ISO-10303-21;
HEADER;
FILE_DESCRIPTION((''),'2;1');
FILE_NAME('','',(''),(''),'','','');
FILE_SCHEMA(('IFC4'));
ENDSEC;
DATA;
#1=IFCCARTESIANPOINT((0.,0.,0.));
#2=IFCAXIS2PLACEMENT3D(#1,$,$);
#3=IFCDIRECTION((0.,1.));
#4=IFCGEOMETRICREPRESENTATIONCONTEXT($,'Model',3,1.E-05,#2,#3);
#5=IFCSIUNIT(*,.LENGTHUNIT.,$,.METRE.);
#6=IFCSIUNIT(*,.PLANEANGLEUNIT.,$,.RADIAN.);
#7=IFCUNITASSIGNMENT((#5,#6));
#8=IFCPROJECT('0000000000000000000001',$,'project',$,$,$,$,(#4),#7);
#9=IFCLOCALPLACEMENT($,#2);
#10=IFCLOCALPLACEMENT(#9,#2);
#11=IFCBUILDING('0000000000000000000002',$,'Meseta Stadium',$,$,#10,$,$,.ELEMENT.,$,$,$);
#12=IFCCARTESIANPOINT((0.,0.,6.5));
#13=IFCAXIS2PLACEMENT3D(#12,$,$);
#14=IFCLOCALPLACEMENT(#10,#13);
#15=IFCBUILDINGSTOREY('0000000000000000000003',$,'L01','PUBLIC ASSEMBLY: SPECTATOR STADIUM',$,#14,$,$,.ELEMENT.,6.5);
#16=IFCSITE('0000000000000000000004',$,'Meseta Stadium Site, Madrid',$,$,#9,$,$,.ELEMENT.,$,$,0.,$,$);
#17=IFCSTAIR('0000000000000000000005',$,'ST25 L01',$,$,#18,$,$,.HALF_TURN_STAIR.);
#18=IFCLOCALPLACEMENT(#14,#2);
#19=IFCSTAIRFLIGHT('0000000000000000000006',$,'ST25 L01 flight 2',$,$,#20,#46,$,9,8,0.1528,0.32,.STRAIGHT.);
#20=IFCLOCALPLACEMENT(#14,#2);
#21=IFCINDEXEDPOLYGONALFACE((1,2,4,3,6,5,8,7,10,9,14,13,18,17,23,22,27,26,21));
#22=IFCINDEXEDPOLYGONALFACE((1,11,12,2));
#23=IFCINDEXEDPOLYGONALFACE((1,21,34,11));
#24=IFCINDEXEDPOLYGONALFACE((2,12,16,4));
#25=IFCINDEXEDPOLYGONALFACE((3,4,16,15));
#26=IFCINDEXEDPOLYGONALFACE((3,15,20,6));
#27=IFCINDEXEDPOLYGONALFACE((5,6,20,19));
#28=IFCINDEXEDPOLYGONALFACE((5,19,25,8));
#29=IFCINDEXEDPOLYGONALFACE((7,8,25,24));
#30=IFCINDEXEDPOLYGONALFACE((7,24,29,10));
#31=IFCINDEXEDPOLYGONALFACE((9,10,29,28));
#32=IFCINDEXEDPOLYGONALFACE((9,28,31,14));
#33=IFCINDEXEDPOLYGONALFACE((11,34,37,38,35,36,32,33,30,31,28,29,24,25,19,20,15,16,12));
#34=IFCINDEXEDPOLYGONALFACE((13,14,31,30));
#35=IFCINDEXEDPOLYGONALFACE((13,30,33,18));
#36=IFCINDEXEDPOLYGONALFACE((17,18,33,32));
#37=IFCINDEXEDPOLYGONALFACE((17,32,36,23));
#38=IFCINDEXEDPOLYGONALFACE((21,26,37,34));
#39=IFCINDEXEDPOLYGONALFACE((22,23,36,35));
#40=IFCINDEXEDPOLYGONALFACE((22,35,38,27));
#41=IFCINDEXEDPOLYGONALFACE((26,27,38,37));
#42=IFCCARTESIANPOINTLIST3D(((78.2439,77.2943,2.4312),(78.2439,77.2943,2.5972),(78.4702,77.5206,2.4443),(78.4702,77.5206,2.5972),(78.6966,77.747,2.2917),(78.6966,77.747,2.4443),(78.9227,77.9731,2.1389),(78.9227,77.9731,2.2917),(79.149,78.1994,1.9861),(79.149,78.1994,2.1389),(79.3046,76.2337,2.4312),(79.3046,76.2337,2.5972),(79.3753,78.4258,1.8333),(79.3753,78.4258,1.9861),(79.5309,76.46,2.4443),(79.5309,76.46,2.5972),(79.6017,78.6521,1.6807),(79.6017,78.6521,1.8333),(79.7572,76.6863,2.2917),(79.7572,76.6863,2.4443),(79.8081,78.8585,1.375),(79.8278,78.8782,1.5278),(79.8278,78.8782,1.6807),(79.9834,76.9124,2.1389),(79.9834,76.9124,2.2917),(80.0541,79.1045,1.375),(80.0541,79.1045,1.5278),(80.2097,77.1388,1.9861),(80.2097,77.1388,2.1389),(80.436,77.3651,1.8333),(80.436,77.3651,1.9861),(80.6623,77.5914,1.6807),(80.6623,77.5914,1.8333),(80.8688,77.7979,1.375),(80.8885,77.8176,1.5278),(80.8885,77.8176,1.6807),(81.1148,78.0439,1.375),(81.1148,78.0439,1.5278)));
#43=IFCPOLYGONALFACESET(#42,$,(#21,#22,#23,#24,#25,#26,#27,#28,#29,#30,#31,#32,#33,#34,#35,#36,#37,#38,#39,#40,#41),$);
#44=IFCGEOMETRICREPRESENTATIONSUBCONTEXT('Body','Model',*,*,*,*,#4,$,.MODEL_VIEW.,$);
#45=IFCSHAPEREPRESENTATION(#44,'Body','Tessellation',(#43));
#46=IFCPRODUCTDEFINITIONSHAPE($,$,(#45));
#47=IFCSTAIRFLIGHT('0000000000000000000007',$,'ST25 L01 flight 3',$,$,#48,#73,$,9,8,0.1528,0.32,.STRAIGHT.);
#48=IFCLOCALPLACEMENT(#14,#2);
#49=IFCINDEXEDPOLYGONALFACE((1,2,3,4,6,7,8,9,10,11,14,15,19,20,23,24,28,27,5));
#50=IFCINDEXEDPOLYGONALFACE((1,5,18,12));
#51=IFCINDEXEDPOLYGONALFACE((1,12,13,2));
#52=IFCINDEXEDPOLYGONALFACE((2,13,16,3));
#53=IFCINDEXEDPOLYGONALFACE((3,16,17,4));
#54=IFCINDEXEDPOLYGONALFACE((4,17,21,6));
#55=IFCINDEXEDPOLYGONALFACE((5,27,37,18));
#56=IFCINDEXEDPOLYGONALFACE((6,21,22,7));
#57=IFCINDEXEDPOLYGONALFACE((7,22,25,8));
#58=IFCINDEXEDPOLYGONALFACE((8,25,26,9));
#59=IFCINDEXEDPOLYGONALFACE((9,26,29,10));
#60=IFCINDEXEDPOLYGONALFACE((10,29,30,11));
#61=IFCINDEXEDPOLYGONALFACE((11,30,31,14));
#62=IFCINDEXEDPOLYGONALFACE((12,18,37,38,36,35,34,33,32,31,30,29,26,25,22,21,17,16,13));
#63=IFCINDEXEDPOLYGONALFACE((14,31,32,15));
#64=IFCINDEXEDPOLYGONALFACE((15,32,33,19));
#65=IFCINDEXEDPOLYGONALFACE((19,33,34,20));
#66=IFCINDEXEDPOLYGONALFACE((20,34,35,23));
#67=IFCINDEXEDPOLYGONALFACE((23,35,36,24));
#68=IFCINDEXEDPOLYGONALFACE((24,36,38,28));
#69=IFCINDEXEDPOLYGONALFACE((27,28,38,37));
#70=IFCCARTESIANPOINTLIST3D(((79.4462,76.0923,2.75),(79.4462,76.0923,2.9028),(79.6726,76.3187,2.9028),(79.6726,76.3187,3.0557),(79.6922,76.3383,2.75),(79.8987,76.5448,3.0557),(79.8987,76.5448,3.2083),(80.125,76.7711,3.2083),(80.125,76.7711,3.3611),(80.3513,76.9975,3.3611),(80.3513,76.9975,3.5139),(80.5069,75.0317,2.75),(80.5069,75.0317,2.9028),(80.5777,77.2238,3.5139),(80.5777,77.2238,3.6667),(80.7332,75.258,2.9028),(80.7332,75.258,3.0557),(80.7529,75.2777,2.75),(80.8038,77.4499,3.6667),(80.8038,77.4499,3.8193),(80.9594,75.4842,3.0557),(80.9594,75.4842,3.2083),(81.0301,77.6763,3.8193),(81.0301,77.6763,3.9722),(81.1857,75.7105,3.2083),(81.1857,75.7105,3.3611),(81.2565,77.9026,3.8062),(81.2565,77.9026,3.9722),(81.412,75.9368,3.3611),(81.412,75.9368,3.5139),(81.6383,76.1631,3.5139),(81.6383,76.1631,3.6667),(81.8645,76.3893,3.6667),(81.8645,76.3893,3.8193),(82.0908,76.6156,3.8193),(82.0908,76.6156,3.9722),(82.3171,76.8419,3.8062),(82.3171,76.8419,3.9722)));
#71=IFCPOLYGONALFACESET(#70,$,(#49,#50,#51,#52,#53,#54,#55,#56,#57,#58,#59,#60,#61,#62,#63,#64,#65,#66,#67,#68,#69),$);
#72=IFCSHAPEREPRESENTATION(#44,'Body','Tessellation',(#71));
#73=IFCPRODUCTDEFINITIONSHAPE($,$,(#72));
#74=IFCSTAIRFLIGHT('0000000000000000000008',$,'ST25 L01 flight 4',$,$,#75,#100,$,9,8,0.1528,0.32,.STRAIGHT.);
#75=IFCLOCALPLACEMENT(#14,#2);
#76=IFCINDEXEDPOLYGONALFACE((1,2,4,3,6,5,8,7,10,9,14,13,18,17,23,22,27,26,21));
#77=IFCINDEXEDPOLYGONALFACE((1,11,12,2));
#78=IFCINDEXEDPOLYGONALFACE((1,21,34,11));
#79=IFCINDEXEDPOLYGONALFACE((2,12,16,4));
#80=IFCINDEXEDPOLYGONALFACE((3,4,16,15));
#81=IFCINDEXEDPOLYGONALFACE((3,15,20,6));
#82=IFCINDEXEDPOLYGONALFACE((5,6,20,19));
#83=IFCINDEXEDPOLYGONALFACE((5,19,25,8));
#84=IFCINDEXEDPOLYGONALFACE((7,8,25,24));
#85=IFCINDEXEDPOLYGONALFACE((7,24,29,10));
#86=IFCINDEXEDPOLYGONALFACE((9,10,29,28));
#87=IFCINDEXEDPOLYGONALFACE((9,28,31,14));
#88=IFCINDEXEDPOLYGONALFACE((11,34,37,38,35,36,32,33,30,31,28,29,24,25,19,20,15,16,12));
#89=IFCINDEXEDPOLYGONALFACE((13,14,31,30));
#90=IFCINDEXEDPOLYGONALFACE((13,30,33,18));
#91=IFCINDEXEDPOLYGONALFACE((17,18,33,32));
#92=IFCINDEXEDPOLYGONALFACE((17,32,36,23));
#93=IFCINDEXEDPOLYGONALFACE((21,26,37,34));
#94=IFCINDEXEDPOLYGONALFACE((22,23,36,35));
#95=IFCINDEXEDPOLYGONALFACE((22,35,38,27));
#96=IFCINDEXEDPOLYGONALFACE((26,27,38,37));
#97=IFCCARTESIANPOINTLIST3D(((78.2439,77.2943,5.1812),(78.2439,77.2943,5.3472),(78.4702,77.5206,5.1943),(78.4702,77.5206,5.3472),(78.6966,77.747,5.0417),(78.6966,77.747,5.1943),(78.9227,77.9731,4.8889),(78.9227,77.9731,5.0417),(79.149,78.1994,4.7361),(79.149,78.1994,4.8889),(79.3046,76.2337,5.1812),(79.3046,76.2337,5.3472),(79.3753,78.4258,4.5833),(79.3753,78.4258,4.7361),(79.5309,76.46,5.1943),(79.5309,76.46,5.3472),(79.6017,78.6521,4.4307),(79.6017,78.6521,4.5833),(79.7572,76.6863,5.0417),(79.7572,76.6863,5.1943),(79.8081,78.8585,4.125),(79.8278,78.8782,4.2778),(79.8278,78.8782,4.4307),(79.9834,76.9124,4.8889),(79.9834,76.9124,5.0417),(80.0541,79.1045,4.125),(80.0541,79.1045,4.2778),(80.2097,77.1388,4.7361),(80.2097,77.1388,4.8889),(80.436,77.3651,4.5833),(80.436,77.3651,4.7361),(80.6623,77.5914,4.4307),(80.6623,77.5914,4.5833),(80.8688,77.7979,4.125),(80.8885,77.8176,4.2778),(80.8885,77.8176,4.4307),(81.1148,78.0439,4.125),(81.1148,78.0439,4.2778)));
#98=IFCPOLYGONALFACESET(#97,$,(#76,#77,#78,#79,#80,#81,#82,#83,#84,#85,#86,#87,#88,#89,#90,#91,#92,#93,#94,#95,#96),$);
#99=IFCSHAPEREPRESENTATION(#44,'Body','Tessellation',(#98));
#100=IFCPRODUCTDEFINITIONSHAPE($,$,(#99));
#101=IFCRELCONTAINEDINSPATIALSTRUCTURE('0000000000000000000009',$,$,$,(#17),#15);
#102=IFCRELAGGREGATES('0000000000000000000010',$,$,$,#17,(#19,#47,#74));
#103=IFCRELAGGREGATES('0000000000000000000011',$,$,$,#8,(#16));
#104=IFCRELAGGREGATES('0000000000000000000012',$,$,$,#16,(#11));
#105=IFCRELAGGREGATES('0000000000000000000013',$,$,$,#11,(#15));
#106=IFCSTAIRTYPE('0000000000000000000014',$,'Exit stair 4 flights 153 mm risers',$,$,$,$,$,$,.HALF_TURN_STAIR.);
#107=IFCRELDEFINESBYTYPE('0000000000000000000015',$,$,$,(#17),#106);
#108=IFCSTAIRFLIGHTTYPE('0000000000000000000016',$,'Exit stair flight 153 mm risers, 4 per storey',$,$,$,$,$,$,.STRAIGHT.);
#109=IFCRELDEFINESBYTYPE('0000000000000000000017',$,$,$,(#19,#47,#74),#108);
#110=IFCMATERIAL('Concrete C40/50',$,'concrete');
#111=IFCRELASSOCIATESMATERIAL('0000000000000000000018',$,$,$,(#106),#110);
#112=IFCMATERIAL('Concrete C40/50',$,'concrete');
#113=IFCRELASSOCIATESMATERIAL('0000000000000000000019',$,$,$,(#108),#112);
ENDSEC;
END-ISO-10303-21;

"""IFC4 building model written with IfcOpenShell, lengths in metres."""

from ifc_helpers import new_model, si_unit, direction, frame, origin, place, context, subcontext, project, spatial, polyline, outline, extrude, material, type_object, element, aggregate, save


model = new_model("IFC4")

# Units and contexts
model_context = context("Model", 3, precision=1e-05, world=origin(), true_north=direction((0.0, 1.0)))
body_context = subcontext(model_context, "Body", "Model", "MODEL_VIEW")
ifc_project = project(units=[si_unit("LENGTHUNIT", "METRE"), si_unit("PLANEANGLEUNIT", "RADIAN")], contexts=[model_context])

# Site, building, storey
site_placement = place(None, origin())
site = spatial("IfcSite", under=ifc_project, at=site_placement, Name="Meseta Stadium Site, Madrid", CompositionType="ELEMENT", RefElevation=0.0)
building_placement = place(site_placement, origin())
building = spatial("IfcBuilding", under=site, at=building_placement, Name="Meseta Stadium", CompositionType="ELEMENT")
storey_placement = place(building_placement, frame((0.0, 0.0, 6.5)))
storey = spatial("IfcBuildingStorey", under=building, at=storey_placement, Name="L01", Description="PUBLIC ASSEMBLY: SPECTATOR STADIUM", CompositionType="ELEMENT", Elevation=6.5)

# Stair, stair flights
ifc_material_1 = material(Name="Concrete C40/50", Category="concrete")
stair_type = type_object("IfcStairType", Name="Exit stair 4 flights 153 mm risers", PredefinedType="HALF_TURN_STAIR", material=ifc_material_1)
ifc_material_2 = material(Name="Concrete C40/50", Category="concrete")
stair_flight_type = type_object("IfcStairFlightType", Name="Exit stair flight 153 mm risers, 4 per storey", PredefinedType="STRAIGHT", material=ifc_material_2)
stair_1_placement = place(storey_placement, origin())
stair_1 = element("IfcStair", 1, at=stair_1_placement, inside=storey, type_object=stair_type, Name="ST25 L01", PredefinedType="HALF_TURN_STAIR")
stair_flight_1_placement = place(storey_placement, frame((80.5845, 78.5742, 1.375), z_axis=(0.0, 0.0, 1.0), x_axis=(-0.707107, -0.707107, 0.0)))
stair_flight_1 = element("IfcStairFlight", 2, at=stair_flight_1_placement, type_object=stair_flight_type, Name="ST25 L01 flight 2", NumberOfRisers=9, NumberOfTreads=8, PredefinedType="STRAIGHT", RiserHeight=0.1528, TreadLength=0.32, context=body_context, shape_type="SweptSolid", body=[
    extrude(outline(polyline([(0.0, 0.0), (0.0, 0.1528), (0.3201, 0.1528), (0.3201, 0.3057), (0.6399, 0.3057), (0.6399, 0.4583), (0.96, 0.4583), (0.96, 0.6111), (1.28, 0.6111), (1.28, 0.7639), (1.6001, 0.7639), (1.6001, 0.9167), (1.9199, 0.9167), (1.9199, 1.0693), (2.24, 1.0693), (2.24, 1.2222), (2.5601, 1.2222), (2.5601, 1.0562), (0.3479, 0.0), (0.0, 0.0)])), frame((0.0, 0.75, 0.0), z_axis=(0.0, -1.0, 0.0), x_axis=(1.0, 0.0, 0.0)), (0.0, 0.0, 1.0), 1.5),
])
stair_flight_2_placement = place(storey_placement, frame((79.9766, 75.562, 2.75), z_axis=(0.0, 0.0, 1.0), x_axis=(0.707107, 0.707107, 0.0)))
stair_flight_2 = element("IfcStairFlight", 3, at=stair_flight_2_placement, type_object=stair_flight_type, Name="ST25 L01 flight 3", NumberOfRisers=9, NumberOfTreads=8, PredefinedType="STRAIGHT", RiserHeight=0.1528, TreadLength=0.32, context=body_context, shape_type="SweptSolid", body=[
    extrude(outline(polyline([(0.0, 0.0), (0.0, 0.1528), (0.3201, 0.1528), (0.3201, 0.3057), (0.6399, 0.3057), (0.6399, 0.4583), (0.96, 0.4583), (0.96, 0.6111), (1.28, 0.6111), (1.28, 0.7639), (1.6001, 0.7639), (1.6001, 0.9167), (1.9199, 0.9167), (1.9199, 1.0693), (2.24, 1.0693), (2.24, 1.2222), (2.5601, 1.2222), (2.5601, 1.0562), (0.3479, 0.0), (0.0, 0.0)])), frame((0.0, 0.75, 0.0), z_axis=(0.0, -1.0, 0.0), x_axis=(1.0, 0.0, 0.0)), (0.0, 0.0, 1.0), 1.5),
])
stair_flight_3_placement = place(storey_placement, frame((80.5845, 78.5742, 4.125), z_axis=(0.0, 0.0, 1.0), x_axis=(-0.707107, -0.707107, 0.0)))
stair_flight_3 = element("IfcStairFlight", 4, at=stair_flight_3_placement, type_object=stair_flight_type, Name="ST25 L01 flight 4", NumberOfRisers=9, NumberOfTreads=8, PredefinedType="STRAIGHT", RiserHeight=0.1528, TreadLength=0.32, context=body_context, shape_type="SweptSolid", body=[
    extrude(outline(polyline([(0.0, 0.0), (0.0, 0.1528), (0.3201, 0.1528), (0.3201, 0.3057), (0.6399, 0.3057), (0.6399, 0.4583), (0.96, 0.4583), (0.96, 0.6111), (1.28, 0.6111), (1.28, 0.7639), (1.6001, 0.7639), (1.6001, 0.9167), (1.9199, 0.9167), (1.9199, 1.0693), (2.24, 1.0693), (2.24, 1.2222), (2.5601, 1.2222), (2.5601, 1.0562), (0.3479, 0.0), (0.0, 0.0)])), frame((0.0, 0.75, 0.0), z_axis=(0.0, -1.0, 0.0), x_axis=(1.0, 0.0, 0.0)), (0.0, 0.0, 1.0), 1.5),
])
aggregate(stair_1, [stair_flight_1, stair_flight_2, stair_flight_3])

save(model, "model.ifc")
